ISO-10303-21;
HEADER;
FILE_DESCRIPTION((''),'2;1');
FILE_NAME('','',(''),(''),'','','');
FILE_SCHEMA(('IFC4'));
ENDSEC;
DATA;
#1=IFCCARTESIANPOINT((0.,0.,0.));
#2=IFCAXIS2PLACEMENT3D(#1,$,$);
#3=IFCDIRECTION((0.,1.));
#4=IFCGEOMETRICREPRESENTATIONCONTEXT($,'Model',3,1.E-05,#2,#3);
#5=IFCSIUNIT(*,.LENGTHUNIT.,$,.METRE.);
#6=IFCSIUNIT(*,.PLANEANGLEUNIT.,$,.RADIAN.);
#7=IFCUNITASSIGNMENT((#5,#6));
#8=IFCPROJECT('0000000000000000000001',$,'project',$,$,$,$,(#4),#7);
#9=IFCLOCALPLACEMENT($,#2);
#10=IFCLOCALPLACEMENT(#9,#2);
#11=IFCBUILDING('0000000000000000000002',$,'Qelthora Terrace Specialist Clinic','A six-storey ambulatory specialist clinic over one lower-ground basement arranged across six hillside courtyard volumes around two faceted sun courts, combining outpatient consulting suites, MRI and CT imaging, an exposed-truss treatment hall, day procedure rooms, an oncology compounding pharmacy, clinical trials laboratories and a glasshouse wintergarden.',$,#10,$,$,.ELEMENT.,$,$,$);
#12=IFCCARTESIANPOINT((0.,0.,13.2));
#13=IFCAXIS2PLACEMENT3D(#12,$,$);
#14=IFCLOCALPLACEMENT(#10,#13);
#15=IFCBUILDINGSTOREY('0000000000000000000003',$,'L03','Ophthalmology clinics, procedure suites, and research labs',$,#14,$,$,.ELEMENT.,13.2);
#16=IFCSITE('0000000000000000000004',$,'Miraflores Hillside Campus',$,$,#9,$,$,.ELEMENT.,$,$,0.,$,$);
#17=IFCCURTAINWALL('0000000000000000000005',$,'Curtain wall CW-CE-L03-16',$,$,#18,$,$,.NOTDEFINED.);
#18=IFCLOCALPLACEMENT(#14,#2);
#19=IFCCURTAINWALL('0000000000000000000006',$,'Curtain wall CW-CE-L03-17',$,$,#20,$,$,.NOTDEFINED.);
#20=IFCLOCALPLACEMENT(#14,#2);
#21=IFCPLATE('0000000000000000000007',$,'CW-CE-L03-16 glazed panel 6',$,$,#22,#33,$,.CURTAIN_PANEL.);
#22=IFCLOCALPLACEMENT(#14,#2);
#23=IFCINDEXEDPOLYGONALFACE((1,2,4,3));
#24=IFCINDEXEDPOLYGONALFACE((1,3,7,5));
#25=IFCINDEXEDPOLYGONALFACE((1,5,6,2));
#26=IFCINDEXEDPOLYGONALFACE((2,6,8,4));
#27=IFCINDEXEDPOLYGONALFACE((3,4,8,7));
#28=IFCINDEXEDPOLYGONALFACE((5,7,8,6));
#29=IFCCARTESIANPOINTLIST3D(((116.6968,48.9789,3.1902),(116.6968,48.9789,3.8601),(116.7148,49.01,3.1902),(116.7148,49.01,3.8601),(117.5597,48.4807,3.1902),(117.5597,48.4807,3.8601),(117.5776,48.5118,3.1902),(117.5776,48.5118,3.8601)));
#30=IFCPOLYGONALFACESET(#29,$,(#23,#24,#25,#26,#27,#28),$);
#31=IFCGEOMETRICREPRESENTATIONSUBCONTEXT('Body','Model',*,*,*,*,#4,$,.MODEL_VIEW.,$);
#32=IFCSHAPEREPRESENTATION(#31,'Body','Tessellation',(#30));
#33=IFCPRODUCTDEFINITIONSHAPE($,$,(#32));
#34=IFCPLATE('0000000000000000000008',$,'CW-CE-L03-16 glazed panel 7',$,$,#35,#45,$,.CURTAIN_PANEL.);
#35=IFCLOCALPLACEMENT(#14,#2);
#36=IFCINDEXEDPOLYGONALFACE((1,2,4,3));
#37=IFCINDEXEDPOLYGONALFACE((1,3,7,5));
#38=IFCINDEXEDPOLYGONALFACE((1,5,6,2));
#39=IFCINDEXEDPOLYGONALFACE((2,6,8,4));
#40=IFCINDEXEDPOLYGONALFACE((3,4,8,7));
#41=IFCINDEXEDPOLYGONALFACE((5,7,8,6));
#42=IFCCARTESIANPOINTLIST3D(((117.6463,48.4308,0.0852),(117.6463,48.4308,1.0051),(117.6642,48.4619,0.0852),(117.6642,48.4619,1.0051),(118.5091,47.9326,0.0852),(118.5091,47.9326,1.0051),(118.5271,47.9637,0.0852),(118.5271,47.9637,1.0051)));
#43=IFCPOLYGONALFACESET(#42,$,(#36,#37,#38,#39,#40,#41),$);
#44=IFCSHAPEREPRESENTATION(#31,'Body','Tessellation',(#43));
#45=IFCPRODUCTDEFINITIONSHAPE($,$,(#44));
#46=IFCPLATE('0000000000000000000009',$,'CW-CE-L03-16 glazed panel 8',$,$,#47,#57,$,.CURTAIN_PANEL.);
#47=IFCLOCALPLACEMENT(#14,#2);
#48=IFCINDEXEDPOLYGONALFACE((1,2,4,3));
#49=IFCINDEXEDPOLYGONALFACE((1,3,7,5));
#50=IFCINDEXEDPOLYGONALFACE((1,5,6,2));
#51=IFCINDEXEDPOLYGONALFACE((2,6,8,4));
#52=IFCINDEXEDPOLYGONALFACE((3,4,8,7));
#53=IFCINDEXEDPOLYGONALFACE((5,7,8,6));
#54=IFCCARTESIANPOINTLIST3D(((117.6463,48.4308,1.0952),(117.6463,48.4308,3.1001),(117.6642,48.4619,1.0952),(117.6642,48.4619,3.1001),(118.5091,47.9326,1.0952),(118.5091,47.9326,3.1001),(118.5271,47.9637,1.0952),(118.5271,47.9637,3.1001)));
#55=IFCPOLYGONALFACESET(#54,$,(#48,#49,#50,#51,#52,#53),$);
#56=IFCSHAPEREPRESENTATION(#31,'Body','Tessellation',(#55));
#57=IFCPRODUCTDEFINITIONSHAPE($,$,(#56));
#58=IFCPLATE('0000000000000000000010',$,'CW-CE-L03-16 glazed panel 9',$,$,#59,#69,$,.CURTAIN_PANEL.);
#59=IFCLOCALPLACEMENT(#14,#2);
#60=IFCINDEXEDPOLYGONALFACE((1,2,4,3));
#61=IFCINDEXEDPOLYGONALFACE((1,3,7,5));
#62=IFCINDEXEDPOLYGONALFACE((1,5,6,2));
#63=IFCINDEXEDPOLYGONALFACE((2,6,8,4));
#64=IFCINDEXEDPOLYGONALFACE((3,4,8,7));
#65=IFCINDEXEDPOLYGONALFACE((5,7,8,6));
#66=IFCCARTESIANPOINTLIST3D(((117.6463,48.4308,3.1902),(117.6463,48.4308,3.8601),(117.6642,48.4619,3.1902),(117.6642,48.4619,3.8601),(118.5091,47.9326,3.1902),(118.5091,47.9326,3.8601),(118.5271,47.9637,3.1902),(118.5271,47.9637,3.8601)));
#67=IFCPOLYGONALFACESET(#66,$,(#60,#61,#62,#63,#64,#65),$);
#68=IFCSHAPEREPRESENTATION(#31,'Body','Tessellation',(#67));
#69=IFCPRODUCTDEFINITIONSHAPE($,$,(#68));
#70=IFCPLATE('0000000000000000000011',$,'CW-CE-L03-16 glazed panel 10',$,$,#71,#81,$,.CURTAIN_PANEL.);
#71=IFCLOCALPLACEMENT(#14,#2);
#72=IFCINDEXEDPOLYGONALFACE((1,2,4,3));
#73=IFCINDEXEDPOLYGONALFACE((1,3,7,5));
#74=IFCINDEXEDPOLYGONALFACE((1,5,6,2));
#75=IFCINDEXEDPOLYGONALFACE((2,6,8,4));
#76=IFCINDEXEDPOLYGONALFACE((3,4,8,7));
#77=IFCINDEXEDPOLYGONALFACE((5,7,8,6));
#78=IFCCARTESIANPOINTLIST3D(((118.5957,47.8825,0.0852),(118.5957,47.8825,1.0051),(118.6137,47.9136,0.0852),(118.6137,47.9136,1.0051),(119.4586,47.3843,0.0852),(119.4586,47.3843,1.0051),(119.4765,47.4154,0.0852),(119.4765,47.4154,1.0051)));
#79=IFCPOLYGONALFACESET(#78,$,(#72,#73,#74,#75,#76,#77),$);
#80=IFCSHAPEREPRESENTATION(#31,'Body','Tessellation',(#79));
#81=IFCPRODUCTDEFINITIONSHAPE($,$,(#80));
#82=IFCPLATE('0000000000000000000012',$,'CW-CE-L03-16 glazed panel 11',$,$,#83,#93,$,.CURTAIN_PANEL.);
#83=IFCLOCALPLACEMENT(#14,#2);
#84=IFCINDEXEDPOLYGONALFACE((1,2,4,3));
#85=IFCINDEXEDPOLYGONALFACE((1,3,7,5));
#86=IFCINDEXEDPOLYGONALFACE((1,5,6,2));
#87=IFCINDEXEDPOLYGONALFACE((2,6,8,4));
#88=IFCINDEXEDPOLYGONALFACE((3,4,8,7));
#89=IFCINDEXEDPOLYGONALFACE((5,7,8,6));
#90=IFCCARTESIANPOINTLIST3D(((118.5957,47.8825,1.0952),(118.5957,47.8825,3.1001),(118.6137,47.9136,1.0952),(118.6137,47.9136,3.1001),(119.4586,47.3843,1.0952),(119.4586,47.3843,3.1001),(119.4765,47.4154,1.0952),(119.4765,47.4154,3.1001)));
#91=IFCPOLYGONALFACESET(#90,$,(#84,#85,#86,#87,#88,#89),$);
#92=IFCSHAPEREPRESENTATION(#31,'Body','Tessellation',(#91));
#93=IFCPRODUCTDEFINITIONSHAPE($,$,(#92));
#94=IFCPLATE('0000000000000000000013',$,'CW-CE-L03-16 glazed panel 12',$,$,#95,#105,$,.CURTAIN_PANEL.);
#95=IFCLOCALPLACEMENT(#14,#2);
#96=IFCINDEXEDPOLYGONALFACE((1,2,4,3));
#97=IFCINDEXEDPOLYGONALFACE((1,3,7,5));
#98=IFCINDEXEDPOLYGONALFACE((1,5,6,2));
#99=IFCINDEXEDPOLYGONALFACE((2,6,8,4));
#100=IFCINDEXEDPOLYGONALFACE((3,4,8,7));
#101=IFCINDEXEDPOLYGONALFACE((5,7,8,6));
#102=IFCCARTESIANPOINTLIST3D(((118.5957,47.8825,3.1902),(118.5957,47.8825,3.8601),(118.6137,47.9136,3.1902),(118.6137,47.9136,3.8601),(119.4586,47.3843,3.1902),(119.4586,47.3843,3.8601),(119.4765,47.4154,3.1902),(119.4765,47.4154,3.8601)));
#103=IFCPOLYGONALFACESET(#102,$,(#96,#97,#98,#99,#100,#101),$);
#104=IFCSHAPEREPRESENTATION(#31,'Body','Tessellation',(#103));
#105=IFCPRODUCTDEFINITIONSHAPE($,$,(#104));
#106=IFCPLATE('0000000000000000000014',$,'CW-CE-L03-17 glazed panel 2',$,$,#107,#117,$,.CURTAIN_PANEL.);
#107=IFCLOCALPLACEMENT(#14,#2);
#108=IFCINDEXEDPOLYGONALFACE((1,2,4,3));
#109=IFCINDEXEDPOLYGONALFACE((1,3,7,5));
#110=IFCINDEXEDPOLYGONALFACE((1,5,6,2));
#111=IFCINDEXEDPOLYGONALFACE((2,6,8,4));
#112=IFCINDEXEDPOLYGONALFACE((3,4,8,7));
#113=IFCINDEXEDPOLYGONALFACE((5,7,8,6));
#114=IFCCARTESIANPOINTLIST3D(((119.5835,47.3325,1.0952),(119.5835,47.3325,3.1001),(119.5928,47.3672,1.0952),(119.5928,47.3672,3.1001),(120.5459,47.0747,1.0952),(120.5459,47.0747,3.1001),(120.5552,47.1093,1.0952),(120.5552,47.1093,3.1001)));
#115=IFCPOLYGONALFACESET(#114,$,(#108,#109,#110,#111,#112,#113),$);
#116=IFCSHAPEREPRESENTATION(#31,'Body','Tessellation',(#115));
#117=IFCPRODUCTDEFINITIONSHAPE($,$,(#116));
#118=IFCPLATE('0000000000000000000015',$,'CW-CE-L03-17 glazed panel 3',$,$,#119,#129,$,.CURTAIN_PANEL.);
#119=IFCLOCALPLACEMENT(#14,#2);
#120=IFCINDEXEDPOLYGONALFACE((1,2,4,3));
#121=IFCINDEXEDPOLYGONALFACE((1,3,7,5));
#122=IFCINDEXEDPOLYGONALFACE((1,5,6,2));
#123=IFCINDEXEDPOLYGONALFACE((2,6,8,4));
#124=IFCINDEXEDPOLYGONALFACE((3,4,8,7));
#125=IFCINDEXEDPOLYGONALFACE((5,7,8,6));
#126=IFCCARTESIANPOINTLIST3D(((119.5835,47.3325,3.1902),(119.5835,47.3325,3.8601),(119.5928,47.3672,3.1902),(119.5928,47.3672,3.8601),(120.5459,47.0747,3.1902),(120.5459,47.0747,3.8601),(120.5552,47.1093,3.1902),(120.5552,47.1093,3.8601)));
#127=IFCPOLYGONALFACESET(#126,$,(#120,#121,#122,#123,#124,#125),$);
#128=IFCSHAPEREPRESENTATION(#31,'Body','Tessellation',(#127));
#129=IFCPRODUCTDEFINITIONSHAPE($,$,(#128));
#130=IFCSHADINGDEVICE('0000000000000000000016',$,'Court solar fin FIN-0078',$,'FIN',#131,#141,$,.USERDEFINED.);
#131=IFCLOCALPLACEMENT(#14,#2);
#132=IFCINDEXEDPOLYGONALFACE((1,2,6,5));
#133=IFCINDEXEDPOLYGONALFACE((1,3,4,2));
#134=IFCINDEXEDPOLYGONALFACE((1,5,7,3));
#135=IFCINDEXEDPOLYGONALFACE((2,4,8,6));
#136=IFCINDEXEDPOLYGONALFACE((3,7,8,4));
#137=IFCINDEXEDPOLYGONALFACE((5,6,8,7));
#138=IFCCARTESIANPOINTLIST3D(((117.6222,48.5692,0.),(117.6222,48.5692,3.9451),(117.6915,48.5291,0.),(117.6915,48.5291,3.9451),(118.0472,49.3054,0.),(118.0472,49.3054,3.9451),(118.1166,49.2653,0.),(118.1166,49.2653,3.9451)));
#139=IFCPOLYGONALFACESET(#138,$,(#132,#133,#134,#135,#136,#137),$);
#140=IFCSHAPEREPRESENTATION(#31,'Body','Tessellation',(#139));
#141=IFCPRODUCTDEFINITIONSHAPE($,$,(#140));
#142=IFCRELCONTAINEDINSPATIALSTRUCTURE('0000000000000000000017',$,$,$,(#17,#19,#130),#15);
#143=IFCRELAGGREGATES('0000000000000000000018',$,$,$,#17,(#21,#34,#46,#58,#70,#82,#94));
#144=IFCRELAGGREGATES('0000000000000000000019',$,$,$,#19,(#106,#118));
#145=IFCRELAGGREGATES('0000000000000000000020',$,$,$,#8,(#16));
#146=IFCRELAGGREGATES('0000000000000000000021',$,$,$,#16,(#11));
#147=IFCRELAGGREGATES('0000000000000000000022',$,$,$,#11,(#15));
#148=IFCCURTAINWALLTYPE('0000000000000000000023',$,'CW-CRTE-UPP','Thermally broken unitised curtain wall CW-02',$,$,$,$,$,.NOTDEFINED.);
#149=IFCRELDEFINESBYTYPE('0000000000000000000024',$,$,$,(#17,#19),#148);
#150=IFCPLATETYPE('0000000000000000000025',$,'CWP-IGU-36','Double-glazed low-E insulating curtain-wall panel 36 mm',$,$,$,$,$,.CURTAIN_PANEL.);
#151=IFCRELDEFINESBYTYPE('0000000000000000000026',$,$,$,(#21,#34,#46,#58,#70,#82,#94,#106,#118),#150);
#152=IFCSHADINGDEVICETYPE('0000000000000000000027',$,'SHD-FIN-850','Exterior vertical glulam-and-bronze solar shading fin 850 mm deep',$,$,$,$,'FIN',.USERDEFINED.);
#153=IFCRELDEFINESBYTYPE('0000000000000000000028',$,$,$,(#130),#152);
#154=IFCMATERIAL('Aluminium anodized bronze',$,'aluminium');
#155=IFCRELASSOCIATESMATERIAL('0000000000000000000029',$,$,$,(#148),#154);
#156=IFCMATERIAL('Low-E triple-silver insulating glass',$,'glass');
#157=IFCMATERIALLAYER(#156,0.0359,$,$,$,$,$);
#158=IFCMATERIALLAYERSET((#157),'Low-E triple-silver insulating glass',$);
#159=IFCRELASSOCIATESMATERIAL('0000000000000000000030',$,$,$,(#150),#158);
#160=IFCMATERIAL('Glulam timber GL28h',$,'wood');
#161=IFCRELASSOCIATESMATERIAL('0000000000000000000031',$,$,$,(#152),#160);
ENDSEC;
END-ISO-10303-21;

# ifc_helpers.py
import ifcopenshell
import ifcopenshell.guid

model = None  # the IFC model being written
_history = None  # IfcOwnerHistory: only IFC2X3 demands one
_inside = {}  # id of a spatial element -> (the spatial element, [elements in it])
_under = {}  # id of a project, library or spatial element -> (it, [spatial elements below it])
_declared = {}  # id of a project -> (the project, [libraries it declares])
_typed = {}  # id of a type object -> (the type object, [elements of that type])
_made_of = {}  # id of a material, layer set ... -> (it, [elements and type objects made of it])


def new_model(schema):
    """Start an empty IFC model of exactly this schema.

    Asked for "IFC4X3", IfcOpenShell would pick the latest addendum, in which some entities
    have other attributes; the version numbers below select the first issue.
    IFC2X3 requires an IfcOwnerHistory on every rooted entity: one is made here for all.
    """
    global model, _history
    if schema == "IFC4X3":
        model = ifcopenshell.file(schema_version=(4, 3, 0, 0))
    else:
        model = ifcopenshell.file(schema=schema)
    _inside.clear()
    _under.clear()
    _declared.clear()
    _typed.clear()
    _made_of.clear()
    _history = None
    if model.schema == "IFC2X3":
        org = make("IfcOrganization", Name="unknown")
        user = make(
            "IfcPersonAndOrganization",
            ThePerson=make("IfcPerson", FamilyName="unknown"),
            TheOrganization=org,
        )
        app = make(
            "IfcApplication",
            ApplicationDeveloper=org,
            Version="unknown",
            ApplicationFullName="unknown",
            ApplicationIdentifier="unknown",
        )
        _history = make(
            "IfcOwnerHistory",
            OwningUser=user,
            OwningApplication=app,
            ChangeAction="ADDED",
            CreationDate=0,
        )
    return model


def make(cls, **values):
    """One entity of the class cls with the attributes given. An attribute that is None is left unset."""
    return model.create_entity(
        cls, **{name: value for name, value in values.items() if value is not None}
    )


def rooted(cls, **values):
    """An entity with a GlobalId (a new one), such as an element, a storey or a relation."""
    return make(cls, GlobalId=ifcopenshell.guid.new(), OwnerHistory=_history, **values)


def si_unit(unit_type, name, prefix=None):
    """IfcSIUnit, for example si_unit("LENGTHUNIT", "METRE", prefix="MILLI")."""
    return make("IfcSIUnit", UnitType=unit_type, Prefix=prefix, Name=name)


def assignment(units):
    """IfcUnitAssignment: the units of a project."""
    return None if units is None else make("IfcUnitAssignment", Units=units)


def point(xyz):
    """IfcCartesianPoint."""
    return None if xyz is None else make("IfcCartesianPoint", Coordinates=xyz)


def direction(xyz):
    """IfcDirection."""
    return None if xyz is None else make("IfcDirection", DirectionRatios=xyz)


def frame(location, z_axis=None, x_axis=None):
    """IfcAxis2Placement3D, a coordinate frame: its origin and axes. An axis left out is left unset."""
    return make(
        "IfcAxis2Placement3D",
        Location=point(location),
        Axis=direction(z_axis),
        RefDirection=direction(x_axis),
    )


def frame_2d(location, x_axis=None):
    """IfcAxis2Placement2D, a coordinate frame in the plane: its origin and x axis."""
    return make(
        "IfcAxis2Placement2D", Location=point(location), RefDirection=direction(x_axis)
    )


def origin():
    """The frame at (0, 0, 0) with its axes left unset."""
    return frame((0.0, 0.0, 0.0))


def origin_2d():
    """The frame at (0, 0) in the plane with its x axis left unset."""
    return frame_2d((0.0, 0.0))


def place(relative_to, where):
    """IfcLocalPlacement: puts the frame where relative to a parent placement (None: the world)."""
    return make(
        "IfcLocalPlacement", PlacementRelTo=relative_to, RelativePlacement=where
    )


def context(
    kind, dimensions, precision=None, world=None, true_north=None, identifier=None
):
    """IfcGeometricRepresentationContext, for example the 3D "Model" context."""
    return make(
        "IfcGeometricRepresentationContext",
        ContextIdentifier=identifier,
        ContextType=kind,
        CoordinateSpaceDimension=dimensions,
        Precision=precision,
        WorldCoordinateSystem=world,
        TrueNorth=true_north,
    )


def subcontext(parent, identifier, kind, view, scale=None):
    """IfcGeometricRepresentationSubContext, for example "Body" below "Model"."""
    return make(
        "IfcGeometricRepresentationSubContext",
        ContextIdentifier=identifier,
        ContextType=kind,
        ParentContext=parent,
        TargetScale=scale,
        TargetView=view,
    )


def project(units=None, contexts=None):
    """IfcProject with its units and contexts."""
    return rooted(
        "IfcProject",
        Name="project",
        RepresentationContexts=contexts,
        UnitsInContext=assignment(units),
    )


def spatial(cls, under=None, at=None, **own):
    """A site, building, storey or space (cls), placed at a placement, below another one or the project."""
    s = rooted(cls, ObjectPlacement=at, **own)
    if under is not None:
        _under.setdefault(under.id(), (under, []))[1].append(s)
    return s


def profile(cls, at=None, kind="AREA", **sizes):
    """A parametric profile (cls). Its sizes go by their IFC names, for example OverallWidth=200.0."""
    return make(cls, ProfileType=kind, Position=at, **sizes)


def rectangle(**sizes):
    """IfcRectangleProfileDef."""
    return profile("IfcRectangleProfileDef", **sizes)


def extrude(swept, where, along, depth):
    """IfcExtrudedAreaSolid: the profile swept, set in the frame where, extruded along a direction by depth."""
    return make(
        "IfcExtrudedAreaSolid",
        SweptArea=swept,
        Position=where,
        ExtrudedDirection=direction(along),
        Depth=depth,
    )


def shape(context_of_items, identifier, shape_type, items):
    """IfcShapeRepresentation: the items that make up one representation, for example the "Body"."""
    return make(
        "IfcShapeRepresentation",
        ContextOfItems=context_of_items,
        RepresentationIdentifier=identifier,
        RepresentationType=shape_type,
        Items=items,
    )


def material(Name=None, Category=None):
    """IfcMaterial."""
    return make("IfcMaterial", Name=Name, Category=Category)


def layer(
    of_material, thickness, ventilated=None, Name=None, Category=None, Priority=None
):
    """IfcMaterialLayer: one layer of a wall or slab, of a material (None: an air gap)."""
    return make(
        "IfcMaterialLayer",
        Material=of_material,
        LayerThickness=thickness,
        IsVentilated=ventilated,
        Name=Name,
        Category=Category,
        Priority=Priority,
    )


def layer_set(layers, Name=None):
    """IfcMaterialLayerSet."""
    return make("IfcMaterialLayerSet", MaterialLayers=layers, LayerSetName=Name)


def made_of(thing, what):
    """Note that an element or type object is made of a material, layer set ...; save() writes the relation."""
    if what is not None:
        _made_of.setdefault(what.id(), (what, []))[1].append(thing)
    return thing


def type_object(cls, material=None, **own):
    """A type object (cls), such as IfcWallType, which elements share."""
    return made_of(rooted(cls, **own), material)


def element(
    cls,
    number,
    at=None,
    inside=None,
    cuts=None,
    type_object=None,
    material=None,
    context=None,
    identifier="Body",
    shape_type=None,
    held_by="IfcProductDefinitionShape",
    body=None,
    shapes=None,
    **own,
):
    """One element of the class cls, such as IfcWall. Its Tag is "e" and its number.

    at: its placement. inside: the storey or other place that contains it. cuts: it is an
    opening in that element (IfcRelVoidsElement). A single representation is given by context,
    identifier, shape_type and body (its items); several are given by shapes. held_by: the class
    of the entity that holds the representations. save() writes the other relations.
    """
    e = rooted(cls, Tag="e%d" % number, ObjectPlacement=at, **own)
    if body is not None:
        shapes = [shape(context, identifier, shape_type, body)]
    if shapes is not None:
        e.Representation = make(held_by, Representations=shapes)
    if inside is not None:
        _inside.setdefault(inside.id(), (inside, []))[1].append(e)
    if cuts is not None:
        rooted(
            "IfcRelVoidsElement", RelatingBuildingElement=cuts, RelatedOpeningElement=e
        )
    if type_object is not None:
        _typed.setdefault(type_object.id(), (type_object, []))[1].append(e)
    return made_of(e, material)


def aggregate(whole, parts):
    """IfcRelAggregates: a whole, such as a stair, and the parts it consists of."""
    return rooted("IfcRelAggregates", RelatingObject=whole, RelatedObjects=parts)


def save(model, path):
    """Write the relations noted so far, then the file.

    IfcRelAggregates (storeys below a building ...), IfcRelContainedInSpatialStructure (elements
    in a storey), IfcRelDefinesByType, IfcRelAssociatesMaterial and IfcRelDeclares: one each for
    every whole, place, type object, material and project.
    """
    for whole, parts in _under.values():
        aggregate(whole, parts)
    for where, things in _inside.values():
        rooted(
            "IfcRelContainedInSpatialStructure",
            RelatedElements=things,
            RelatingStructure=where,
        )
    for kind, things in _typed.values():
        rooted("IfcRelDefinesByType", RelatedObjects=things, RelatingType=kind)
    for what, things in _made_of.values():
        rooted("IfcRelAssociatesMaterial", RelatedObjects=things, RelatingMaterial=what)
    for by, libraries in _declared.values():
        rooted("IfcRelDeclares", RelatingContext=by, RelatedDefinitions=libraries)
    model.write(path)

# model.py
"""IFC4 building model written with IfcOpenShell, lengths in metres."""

from ifc_helpers import new_model, si_unit, direction, frame, origin, origin_2d, place, context, subcontext, project, spatial, rectangle, extrude, material, layer, layer_set, type_object, element, aggregate, save


model = new_model("IFC4")

# Units and contexts
model_context = context("Model", 3, precision=1e-05, world=origin(), true_north=direction((0.0, 1.0)))
body_context = subcontext(model_context, "Body", "Model", "MODEL_VIEW")
ifc_project = project(units=[si_unit("LENGTHUNIT", "METRE"), si_unit("PLANEANGLEUNIT", "RADIAN")], contexts=[model_context])

# Site, building, storey
site_placement = place(None, origin())
site = spatial("IfcSite", under=ifc_project, at=site_placement, Name="Miraflores Hillside Campus", CompositionType="ELEMENT", RefElevation=0.0)
building_placement = place(site_placement, origin())
building = spatial("IfcBuilding", under=site, at=building_placement, Name="Qelthora Terrace Specialist Clinic", Description="A six-storey ambulatory specialist clinic over one lower-ground basement arranged across six hillside courtyard volumes around two faceted sun courts, combining outpatient consulting suites, MRI and CT imaging, an exposed-truss treatment hall, day procedure rooms, an oncology compounding pharmacy, clinical trials laboratories and a glasshouse wintergarden.", CompositionType="ELEMENT")
storey_placement = place(building_placement, frame((0.0, 0.0, 13.2)))
storey = spatial("IfcBuildingStorey", under=building, at=storey_placement, Name="L03", Description="Ophthalmology clinics, procedure suites, and research labs", CompositionType="ELEMENT", Elevation=13.2)

# Curtain walls
ifc_material_1 = material(Name="Aluminium anodized bronze", Category="aluminium")
curtain_wall_type = type_object("IfcCurtainWallType", Name="CW-CRTE-UPP", Description="Thermally broken unitised curtain wall CW-02", PredefinedType="NOTDEFINED", material=ifc_material_1)
curtain_wall_1_placement = place(storey_placement, origin())
curtain_wall_1 = element("IfcCurtainWall", 1, at=curtain_wall_1_placement, inside=storey, type_object=curtain_wall_type, Name="Curtain wall CW-CE-L03-16", PredefinedType="NOTDEFINED")
curtain_wall_2_placement = place(storey_placement, origin())
curtain_wall_2 = element("IfcCurtainWall", 2, at=curtain_wall_2_placement, inside=storey, type_object=curtain_wall_type, Name="Curtain wall CW-CE-L03-17", PredefinedType="NOTDEFINED")

# Plates
ifc_material_2 = material(Name="Low-E triple-silver insulating glass", Category="glass")
ifc_layer = layer(ifc_material_2, 0.0359)
ifc_layer_set = layer_set([ifc_layer], Name="Low-E triple-silver insulating glass")
plate_type = type_object("IfcPlateType", Name="CWP-IGU-36", Description="Double-glazed low-E insulating curtain-wall panel 36 mm", PredefinedType="CURTAIN_PANEL", material=ifc_layer_set)
plate_1_placement = place(storey_placement, frame((117.1372, 48.7454, 3.1902), z_axis=(0.0, 0.0, 1.0), x_axis=(0.866025, -0.5, 0.0)))
plate_1 = element("IfcPlate", 3, at=plate_1_placement, type_object=plate_type, Name="CW-CE-L03-16 glazed panel 6", PredefinedType="CURTAIN_PANEL", context=body_context, shape_type="SweptSolid", body=[
    extrude(rectangle(XDim=0.9963, YDim=0.0359, at=origin_2d()), origin(), (0.0, 0.0, 1.0), 0.6699),
])
plate_2_placement = place(storey_placement, frame((118.0867, 48.1973, 0.0852), z_axis=(0.0, 0.0, 1.0), x_axis=(0.866025, -0.5, 0.0)))
plate_2 = element("IfcPlate", 4, at=plate_2_placement, type_object=plate_type, Name="CW-CE-L03-16 glazed panel 7", PredefinedType="CURTAIN_PANEL", context=body_context, shape_type="SweptSolid", body=[
    extrude(rectangle(XDim=0.9963, YDim=0.0359, at=origin_2d()), origin(), (0.0, 0.0, 1.0), 0.9199),
])
plate_3_placement = place(storey_placement, frame((118.0867, 48.1973, 1.0952), z_axis=(0.0, 0.0, 1.0), x_axis=(0.866025, -0.5, 0.0)))
plate_3 = element("IfcPlate", 5, at=plate_3_placement, type_object=plate_type, Name="CW-CE-L03-16 glazed panel 8", PredefinedType="CURTAIN_PANEL", context=body_context, shape_type="SweptSolid", body=[
    extrude(rectangle(XDim=0.9963, YDim=0.0359, at=origin_2d()), origin(), (0.0, 0.0, 1.0), 2.0049),
])
plate_4_placement = place(storey_placement, frame((118.0867, 48.1973, 3.1902), z_axis=(0.0, 0.0, 1.0), x_axis=(0.866025, -0.5, 0.0)))
plate_4 = element("IfcPlate", 6, at=plate_4_placement, type_object=plate_type, Name="CW-CE-L03-16 glazed panel 9", PredefinedType="CURTAIN_PANEL", context=body_context, shape_type="SweptSolid", body=[
    extrude(rectangle(XDim=0.9963, YDim=0.0359, at=origin_2d()), origin(), (0.0, 0.0, 1.0), 0.6699),
])
plate_5_placement = place(storey_placement, frame((119.0361, 47.6489, 0.0852), z_axis=(0.0, 0.0, 1.0), x_axis=(0.866025, -0.5, 0.0)))
plate_5 = element("IfcPlate", 7, at=plate_5_placement, type_object=plate_type, Name="CW-CE-L03-16 glazed panel 10", PredefinedType="CURTAIN_PANEL", context=body_context, shape_type="SweptSolid", body=[
    extrude(rectangle(XDim=0.9963, YDim=0.0359, at=origin_2d()), origin(), (0.0, 0.0, 1.0), 0.9199),
])
plate_6_placement = place(storey_placement, frame((119.0361, 47.6489, 1.0952), z_axis=(0.0, 0.0, 1.0), x_axis=(0.866025, -0.5, 0.0)))
plate_6 = element("IfcPlate", 8, at=plate_6_placement, type_object=plate_type, Name="CW-CE-L03-16 glazed panel 11", PredefinedType="CURTAIN_PANEL", context=body_context, shape_type="SweptSolid", body=[
    extrude(rectangle(XDim=0.9963, YDim=0.0359, at=origin_2d()), origin(), (0.0, 0.0, 1.0), 2.0049),
])
plate_7_placement = place(storey_placement, frame((119.0361, 47.6489, 3.1902), z_axis=(0.0, 0.0, 1.0), x_axis=(0.866025, -0.5, 0.0)))
plate_7 = element("IfcPlate", 9, at=plate_7_placement, type_object=plate_type, Name="CW-CE-L03-16 glazed panel 12", PredefinedType="CURTAIN_PANEL", context=body_context, shape_type="SweptSolid", body=[
    extrude(rectangle(XDim=0.9963, YDim=0.0359, at=origin_2d()), origin(), (0.0, 0.0, 1.0), 0.6699),
])
aggregate(curtain_wall_1, [plate_1, plate_2, plate_3, plate_4, plate_5, plate_6, plate_7])
plate_8_placement = place(storey_placement, frame((120.0693, 47.2209, 1.0952), z_axis=(0.0, 0.0, 1.0), x_axis=(0.965926, -0.258819, 0.0)))
plate_8 = element("IfcPlate", 10, at=plate_8_placement, type_object=plate_type, Name="CW-CE-L03-17 glazed panel 2", PredefinedType="CURTAIN_PANEL", context=body_context, shape_type="SweptSolid", body=[
    extrude(rectangle(XDim=0.9963, YDim=0.0359, at=origin_2d()), origin(), (0.0, 0.0, 1.0), 2.0049),
])
plate_9_placement = place(storey_placement, frame((120.0693, 47.2209, 3.1902), z_axis=(0.0, 0.0, 1.0), x_axis=(0.965926, -0.258819, 0.0)))
plate_9 = element("IfcPlate", 11, at=plate_9_placement, type_object=plate_type, Name="CW-CE-L03-17 glazed panel 3", PredefinedType="CURTAIN_PANEL", context=body_context, shape_type="SweptSolid", body=[
    extrude(rectangle(XDim=0.9963, YDim=0.0359, at=origin_2d()), origin(), (0.0, 0.0, 1.0), 0.6699),
])
aggregate(curtain_wall_2, [plate_8, plate_9])

# Shading device
ifc_material_3 = material(Name="Glulam timber GL28h", Category="wood")
shading_device_type = type_object("IfcShadingDeviceType", Name="SHD-FIN-850", Description="Exterior vertical glulam-and-bronze solar shading fin 850 mm deep", ElementType="FIN", PredefinedType="USERDEFINED", material=ifc_material_3)
shading_device_placement = place(storey_placement, frame((117.8694, 48.9172, 0.0), z_axis=(0.0, 0.0, 1.0), x_axis=(0.5, 0.866025, 0.0)))
element("IfcShadingDevice", 12, at=shading_device_placement, inside=storey, type_object=shading_device_type, Name="Court solar fin FIN-0078", ObjectType="FIN", PredefinedType="USERDEFINED", context=body_context, shape_type="SweptSolid", body=[
    extrude(rectangle(XDim=0.8501, YDim=0.0801, at=origin_2d()), origin(), (0.0, 0.0, 1.0), 3.9451),
])

save(model, "model.ifc")
